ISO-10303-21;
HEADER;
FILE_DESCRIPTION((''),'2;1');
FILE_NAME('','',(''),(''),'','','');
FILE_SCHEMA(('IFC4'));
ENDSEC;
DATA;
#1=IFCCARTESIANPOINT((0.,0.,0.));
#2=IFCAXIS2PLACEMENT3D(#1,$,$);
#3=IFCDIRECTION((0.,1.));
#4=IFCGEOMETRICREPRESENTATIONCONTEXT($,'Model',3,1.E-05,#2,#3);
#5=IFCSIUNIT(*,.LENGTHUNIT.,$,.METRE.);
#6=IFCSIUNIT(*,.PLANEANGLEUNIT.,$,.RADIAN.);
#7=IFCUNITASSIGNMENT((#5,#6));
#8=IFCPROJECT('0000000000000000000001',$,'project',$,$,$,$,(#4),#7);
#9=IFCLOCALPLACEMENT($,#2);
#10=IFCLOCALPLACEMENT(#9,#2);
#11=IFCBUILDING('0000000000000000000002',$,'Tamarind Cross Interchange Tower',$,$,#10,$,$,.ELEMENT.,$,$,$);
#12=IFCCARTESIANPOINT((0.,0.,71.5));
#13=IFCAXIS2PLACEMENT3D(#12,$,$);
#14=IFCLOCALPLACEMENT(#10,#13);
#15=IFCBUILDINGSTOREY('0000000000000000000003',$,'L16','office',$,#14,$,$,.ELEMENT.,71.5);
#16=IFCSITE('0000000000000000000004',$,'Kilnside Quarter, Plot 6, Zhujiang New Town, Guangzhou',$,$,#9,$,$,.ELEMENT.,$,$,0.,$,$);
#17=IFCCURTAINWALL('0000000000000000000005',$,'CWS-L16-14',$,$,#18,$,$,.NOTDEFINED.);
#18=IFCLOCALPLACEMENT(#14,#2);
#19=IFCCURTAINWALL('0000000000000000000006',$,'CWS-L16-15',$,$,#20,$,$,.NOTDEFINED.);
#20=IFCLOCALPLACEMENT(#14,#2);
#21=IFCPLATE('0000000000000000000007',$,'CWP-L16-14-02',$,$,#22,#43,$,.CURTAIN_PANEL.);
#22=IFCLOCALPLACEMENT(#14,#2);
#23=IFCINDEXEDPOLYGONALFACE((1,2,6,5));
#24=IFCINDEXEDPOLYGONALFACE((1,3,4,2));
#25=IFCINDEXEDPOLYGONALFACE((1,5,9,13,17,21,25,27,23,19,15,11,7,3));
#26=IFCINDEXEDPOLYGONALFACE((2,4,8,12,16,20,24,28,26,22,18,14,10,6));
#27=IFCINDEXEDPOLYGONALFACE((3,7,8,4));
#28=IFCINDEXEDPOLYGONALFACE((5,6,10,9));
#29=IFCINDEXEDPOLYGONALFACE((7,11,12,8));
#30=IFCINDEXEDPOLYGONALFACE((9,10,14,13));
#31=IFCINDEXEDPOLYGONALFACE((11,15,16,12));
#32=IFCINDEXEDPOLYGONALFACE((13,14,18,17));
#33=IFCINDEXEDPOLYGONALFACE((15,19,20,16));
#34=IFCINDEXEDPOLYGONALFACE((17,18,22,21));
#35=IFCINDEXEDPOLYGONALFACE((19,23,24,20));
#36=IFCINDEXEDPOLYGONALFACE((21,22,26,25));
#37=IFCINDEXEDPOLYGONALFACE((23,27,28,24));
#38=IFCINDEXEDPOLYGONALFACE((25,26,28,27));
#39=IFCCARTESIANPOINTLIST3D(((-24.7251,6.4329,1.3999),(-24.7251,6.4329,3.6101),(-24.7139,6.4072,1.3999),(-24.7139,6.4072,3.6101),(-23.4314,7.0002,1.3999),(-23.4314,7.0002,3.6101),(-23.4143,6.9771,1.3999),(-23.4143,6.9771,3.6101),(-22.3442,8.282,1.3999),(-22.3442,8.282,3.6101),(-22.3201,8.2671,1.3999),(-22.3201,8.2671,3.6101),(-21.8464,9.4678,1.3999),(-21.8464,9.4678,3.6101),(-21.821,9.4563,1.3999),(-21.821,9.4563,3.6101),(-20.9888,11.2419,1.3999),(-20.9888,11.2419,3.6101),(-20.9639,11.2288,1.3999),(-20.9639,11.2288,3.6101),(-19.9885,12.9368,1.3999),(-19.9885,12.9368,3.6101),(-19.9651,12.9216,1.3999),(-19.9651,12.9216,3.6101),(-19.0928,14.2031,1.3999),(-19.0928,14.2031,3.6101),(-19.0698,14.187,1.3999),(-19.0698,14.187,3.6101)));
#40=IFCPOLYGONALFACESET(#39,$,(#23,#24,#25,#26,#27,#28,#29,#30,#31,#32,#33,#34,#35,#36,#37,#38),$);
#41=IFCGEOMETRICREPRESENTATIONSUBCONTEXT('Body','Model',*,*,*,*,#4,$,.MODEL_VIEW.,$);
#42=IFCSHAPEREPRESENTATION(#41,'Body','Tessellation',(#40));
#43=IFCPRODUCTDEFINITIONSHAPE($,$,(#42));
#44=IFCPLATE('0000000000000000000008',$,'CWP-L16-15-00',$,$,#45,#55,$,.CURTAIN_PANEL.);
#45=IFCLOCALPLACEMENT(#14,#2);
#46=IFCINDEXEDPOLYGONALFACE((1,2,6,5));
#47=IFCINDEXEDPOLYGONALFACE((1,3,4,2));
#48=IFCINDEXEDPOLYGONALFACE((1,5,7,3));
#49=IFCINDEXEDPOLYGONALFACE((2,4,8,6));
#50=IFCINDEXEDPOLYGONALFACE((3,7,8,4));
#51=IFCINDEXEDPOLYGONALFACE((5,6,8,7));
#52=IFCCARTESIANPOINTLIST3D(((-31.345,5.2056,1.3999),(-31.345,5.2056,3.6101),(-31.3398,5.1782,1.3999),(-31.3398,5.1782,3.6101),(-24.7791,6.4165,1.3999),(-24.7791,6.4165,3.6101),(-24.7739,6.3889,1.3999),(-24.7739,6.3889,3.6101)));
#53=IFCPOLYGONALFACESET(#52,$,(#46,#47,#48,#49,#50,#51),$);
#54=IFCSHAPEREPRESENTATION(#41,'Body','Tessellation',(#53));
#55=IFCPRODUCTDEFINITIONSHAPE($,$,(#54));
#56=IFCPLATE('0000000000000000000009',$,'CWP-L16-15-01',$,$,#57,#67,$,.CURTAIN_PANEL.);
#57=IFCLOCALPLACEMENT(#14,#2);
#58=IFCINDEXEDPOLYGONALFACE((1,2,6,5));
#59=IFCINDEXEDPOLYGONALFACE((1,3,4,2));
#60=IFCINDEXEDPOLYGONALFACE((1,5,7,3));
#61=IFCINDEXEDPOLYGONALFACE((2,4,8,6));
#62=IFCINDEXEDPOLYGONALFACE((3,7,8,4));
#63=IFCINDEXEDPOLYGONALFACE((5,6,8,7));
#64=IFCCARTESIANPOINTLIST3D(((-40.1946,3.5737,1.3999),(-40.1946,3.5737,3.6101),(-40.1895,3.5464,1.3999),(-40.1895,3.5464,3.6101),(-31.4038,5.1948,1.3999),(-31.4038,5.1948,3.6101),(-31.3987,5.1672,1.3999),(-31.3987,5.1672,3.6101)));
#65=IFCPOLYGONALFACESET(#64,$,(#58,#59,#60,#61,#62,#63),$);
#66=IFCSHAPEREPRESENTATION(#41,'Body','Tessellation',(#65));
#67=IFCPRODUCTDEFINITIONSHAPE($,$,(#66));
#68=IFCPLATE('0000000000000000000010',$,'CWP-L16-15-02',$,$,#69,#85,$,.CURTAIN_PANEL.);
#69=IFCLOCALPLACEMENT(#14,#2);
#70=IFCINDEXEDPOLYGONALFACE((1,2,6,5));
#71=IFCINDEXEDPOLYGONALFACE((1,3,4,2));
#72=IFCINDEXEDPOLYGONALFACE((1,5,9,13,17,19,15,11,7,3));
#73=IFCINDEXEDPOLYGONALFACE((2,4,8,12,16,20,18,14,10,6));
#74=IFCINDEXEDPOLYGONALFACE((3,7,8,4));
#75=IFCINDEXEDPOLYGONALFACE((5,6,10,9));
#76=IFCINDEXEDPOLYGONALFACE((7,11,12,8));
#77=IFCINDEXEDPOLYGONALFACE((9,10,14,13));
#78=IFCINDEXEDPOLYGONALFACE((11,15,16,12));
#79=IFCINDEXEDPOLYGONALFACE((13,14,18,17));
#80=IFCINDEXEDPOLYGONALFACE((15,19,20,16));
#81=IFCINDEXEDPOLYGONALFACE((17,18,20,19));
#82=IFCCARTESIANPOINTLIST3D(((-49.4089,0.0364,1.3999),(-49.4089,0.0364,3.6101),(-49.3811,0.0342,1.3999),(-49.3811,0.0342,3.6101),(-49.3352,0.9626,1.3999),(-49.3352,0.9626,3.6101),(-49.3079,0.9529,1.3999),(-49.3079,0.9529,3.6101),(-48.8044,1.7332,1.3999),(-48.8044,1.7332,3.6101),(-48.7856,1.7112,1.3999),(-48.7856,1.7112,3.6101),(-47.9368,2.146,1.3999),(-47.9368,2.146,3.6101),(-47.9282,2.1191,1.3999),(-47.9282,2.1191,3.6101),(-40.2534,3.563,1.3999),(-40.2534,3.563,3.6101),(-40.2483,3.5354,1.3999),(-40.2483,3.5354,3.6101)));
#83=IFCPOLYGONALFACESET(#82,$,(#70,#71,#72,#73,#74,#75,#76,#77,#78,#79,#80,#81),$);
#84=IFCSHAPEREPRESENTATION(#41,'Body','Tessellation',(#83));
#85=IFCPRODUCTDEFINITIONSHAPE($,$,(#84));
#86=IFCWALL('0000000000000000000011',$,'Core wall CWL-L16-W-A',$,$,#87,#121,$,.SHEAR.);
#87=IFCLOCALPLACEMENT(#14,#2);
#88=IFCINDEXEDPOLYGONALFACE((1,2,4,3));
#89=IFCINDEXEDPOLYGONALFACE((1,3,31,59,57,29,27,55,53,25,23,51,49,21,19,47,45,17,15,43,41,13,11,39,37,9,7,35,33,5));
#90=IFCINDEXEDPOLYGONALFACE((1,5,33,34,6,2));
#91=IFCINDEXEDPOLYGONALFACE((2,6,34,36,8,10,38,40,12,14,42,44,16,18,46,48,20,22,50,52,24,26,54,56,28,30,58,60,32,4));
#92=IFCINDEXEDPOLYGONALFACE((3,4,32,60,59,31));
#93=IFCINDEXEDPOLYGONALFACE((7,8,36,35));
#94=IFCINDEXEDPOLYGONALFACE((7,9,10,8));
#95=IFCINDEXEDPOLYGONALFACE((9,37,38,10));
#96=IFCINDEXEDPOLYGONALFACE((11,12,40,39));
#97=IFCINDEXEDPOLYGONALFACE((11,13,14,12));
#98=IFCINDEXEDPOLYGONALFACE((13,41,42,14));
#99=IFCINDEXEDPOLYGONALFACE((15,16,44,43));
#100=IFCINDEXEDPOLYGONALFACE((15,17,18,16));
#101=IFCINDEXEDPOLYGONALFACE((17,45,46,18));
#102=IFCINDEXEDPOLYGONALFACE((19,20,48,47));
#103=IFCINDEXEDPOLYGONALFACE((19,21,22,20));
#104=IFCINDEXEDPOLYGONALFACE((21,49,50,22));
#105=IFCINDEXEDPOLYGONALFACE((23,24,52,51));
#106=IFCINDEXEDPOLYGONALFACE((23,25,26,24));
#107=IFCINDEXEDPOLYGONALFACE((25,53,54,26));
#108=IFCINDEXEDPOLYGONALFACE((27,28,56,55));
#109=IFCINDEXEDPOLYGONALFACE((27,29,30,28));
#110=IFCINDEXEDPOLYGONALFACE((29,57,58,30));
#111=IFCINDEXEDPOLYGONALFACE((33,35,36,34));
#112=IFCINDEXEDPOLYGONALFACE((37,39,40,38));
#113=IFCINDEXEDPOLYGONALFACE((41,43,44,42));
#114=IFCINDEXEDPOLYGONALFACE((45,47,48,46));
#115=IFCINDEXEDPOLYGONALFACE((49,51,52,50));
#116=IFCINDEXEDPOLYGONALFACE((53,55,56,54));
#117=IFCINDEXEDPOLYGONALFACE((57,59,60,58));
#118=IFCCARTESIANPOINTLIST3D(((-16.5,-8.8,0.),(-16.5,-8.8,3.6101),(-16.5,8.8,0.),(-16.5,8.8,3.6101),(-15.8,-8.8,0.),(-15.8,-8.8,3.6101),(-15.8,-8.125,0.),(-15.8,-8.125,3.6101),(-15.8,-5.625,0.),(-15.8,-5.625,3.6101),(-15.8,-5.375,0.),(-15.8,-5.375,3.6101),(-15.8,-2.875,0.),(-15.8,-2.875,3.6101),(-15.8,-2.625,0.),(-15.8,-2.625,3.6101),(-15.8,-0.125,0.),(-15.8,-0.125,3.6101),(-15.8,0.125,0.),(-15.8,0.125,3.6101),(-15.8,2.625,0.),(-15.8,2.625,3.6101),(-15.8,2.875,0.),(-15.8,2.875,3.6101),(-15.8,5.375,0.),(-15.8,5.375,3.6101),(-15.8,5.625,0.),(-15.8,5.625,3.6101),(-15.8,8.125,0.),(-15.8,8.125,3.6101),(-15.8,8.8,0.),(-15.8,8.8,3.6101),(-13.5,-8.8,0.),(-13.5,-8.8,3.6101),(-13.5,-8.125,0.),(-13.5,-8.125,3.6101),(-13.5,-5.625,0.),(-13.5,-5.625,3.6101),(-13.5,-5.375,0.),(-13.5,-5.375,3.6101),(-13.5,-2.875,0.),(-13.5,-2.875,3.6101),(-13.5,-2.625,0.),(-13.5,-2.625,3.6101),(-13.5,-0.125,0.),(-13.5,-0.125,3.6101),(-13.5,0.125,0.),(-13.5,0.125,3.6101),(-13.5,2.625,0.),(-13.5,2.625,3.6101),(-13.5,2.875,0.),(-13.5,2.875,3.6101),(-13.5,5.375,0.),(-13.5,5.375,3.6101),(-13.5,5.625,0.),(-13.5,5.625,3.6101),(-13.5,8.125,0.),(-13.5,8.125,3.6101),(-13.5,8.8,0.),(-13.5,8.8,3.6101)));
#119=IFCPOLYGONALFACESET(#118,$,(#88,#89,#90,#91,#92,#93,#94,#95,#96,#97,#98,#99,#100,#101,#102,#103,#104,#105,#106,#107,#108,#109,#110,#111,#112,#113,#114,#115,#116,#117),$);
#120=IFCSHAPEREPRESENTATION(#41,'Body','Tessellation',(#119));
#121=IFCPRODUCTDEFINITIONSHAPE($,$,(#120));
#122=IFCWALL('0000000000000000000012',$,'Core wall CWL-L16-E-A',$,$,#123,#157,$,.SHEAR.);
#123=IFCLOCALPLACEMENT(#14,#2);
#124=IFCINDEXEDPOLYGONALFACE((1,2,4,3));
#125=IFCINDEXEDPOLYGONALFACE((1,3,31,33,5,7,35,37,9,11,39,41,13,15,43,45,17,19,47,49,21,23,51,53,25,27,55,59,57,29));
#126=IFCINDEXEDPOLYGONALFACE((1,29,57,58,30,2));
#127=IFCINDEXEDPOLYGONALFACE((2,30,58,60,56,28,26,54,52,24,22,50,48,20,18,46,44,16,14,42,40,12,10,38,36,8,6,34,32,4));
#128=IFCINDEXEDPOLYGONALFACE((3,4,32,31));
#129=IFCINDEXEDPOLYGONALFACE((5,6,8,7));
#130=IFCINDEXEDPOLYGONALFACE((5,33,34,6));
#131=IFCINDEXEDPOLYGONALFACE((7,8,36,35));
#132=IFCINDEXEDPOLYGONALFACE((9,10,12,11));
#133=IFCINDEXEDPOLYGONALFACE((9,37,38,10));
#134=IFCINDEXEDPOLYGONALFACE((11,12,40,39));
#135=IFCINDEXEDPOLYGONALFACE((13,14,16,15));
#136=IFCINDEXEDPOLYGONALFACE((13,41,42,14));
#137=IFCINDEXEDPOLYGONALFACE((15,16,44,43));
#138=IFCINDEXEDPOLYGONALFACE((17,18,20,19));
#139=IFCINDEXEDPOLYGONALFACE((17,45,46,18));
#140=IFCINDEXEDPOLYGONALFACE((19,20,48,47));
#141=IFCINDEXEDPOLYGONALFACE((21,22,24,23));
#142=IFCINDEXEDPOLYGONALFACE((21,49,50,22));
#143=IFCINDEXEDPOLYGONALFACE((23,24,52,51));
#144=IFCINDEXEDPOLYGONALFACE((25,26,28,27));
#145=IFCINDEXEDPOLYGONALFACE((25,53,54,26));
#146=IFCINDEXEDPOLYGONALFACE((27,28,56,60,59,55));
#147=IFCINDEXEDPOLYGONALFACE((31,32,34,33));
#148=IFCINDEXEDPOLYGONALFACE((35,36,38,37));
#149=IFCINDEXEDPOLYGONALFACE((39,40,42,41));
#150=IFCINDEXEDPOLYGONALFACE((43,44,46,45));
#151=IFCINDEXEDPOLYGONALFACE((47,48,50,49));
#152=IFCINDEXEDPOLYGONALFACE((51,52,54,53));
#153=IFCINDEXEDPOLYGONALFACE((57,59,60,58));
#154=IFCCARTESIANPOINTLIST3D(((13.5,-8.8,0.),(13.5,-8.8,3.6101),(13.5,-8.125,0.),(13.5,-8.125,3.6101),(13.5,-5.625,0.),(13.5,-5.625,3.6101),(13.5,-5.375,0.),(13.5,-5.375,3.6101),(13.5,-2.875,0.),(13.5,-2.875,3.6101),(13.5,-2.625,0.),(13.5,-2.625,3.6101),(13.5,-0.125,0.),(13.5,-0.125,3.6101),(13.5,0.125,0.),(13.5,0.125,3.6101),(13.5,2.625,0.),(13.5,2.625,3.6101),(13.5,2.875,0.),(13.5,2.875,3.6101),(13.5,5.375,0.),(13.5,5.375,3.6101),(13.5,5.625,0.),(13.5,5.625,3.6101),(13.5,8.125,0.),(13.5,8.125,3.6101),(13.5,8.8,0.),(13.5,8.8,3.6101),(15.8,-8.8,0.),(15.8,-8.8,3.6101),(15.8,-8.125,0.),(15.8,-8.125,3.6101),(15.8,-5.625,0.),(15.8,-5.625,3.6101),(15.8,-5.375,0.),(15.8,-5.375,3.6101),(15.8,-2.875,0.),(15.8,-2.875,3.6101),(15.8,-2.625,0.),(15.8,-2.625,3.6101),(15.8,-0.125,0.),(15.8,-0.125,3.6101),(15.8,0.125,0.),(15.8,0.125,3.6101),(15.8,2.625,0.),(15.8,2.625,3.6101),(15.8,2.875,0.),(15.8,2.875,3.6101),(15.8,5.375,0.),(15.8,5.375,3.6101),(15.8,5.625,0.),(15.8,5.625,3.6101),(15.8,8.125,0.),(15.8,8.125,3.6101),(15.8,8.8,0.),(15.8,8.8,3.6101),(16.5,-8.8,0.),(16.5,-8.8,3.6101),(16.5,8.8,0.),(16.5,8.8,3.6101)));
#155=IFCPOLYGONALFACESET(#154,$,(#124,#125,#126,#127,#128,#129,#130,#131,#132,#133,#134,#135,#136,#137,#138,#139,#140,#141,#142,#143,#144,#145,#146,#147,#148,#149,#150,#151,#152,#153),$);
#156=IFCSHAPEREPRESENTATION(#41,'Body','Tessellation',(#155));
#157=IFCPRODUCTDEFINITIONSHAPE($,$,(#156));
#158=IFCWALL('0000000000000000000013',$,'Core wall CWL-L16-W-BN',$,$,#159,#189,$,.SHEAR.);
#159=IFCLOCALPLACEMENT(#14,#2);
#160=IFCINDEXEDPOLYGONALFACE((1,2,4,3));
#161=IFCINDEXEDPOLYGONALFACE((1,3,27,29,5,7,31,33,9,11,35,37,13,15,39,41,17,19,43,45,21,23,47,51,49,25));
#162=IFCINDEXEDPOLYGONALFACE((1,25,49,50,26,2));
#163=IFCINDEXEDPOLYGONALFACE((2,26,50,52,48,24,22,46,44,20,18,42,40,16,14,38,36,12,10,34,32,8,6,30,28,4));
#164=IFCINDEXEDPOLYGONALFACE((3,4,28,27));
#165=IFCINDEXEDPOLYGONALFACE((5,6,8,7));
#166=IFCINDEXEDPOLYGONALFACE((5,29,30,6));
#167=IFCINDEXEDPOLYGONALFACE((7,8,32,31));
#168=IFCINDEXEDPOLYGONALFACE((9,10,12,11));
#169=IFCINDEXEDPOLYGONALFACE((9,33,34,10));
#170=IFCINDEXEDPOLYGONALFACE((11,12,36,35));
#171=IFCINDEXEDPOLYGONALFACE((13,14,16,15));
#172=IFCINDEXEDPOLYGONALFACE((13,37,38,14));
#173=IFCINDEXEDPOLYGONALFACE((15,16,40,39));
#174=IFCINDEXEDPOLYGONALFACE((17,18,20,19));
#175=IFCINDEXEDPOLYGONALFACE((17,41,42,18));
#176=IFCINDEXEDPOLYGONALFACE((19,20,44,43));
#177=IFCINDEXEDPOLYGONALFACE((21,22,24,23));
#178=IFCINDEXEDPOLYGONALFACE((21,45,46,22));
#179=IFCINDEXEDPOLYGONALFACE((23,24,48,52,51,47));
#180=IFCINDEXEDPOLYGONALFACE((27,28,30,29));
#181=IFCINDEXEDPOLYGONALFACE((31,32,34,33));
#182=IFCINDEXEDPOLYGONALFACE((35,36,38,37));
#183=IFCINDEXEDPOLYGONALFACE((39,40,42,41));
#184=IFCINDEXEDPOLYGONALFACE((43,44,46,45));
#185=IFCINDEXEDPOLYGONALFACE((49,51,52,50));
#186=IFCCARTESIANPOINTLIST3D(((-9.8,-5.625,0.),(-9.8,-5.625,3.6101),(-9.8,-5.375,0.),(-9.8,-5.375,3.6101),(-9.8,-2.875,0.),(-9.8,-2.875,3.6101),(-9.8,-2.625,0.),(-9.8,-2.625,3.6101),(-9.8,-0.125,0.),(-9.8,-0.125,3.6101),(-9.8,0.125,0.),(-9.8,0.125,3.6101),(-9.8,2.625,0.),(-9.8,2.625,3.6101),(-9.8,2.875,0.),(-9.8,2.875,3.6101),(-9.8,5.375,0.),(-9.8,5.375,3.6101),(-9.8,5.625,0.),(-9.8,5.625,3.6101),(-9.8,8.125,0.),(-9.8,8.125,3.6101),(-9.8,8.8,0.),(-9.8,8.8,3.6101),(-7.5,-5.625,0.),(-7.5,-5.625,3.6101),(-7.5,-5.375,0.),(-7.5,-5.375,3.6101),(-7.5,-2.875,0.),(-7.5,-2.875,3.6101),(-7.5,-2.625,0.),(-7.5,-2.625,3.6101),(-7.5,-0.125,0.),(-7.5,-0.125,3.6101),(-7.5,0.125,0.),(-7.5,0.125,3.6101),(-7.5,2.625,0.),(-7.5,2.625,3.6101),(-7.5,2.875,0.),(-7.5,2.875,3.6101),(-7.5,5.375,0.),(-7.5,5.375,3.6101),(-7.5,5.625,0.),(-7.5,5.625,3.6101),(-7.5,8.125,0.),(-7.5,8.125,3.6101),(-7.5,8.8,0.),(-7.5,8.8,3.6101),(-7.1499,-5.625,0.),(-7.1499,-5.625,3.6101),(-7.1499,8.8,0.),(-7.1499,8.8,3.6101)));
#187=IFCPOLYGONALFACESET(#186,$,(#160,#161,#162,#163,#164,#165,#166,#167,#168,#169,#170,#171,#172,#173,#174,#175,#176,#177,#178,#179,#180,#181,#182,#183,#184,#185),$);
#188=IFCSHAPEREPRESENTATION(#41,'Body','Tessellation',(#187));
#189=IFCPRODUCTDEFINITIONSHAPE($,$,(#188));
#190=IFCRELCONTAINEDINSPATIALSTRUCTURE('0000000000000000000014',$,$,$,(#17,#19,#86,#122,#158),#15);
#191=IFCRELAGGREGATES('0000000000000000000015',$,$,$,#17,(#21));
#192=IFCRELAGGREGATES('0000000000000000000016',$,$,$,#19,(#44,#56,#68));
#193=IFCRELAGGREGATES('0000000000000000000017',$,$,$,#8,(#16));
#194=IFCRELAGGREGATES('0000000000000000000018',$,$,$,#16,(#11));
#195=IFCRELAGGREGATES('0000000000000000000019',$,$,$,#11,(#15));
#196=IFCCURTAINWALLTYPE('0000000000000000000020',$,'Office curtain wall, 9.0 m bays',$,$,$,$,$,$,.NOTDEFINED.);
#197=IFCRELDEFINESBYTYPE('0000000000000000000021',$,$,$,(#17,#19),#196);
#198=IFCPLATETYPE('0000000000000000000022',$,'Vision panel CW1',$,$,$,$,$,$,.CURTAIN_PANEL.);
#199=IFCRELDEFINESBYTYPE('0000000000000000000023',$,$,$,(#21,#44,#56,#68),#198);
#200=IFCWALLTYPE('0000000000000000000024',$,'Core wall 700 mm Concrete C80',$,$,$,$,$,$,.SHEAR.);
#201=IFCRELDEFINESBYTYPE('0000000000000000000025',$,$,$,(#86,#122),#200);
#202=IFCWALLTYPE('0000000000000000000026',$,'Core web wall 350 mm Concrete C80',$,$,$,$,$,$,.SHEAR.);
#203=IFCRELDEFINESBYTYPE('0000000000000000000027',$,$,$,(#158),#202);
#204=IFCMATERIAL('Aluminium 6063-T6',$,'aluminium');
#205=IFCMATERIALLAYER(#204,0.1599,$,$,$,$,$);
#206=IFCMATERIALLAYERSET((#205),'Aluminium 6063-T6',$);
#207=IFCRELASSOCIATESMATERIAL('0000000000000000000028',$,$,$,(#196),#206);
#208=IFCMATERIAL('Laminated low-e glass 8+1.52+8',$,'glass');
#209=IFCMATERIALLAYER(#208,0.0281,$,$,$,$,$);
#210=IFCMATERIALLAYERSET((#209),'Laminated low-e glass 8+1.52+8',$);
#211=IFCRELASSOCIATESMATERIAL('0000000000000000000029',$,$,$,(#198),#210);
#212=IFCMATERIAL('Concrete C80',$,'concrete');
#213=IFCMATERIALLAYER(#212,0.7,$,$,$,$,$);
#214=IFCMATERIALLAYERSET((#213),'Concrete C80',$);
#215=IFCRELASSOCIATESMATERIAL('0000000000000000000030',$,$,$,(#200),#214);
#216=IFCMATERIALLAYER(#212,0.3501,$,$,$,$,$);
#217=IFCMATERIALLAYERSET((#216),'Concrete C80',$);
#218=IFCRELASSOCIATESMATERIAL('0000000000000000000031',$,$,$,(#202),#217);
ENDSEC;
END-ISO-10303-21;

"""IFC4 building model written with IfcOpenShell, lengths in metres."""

from ifc_helpers import new_model, si_unit, direction, frame, origin, place, context, subcontext, project, spatial, polyline, outline, extrude, material, layer, layer_set, type_object, element, aggregate, save


model = new_model("IFC4")

# Units and contexts
model_context = context("Model", 3, precision=1e-05, world=origin(), true_north=direction((0.0, 1.0)))
body_context = subcontext(model_context, "Body", "Model", "MODEL_VIEW")
ifc_project = project(units=[si_unit("LENGTHUNIT", "METRE"), si_unit("PLANEANGLEUNIT", "RADIAN")], contexts=[model_context])

# Site, building, storey
site_placement = place(None, origin())
site = spatial("IfcSite", under=ifc_project, at=site_placement, Name="Kilnside Quarter, Plot 6, Zhujiang New Town, Guangzhou", CompositionType="ELEMENT", RefElevation=0.0)
building_placement = place(site_placement, origin())
building = spatial("IfcBuilding", under=site, at=building_placement, Name="Tamarind Cross Interchange Tower", CompositionType="ELEMENT")
storey_placement = place(building_placement, frame((0.0, 0.0, 71.5)))
storey = spatial("IfcBuildingStorey", under=building, at=storey_placement, Name="L16", Description="office", CompositionType="ELEMENT", Elevation=71.5)

# Curtain walls
ifc_material_1 = material(Name="Aluminium 6063-T6", Category="aluminium")
ifc_layer_1 = layer(ifc_material_1, 0.1599)
ifc_layer_set_1 = layer_set([ifc_layer_1], Name="Aluminium 6063-T6")
curtain_wall_type = type_object("IfcCurtainWallType", Name="Office curtain wall, 9.0 m bays", PredefinedType="NOTDEFINED", material=ifc_layer_set_1)
curtain_wall_1_placement = place(storey_placement, origin())
curtain_wall_1 = element("IfcCurtainWall", 1, at=curtain_wall_1_placement, inside=storey, type_object=curtain_wall_type, Name="CWS-L16-14", PredefinedType="NOTDEFINED")
curtain_wall_2_placement = place(storey_placement, origin())
curtain_wall_2 = element("IfcCurtainWall", 2, at=curtain_wall_2_placement, inside=storey, type_object=curtain_wall_type, Name="CWS-L16-15", PredefinedType="NOTDEFINED")

# Plates
ifc_material_2 = material(Name="Laminated low-e glass 8+1.52+8", Category="glass")
ifc_layer_2 = layer(ifc_material_2, 0.0281)
ifc_layer_set_2 = layer_set([ifc_layer_2], Name="Laminated low-e glass 8+1.52+8")
plate_type = type_object("IfcPlateType", Name="Vision panel CW1", PredefinedType="CURTAIN_PANEL", material=ifc_layer_set_2)
plate_1_placement = place(storey_placement, frame((0.0, 0.0, 1.3999)))
plate_1 = element("IfcPlate", 3, at=plate_1_placement, type_object=plate_type, Name="CWP-L16-14-02", PredefinedType="CURTAIN_PANEL", context=body_context, shape_type="SweptSolid", body=[
    extrude(outline(polyline([(-19.0698, 14.187), (-19.9651, 12.9216), (-20.9639, 11.2288), (-21.821, 9.4563), (-22.3201, 8.2671), (-23.4143, 6.9771), (-24.7139, 6.4072), (-24.7251, 6.4329), (-23.4314, 7.0002), (-22.3442, 8.282), (-21.8464, 9.4678), (-20.9888, 11.2419), (-19.9885, 12.9368), (-19.0928, 14.2031), (-19.0698, 14.187)])), origin(), (0.0, 0.0, 1.0), 2.2102),
])
aggregate(curtain_wall_1, [plate_1])
plate_2_placement = place(storey_placement, frame((0.0, 0.0, 1.3999)))
plate_2 = element("IfcPlate", 4, at=plate_2_placement, type_object=plate_type, Name="CWP-L16-15-00", PredefinedType="CURTAIN_PANEL", context=body_context, shape_type="SweptSolid", body=[
    extrude(outline(polyline([(-24.7739, 6.3889), (-31.3398, 5.1782), (-31.345, 5.2056), (-24.7791, 6.4165), (-24.7739, 6.3889)])), origin(), (0.0, 0.0, 1.0), 2.2102),
])
plate_3_placement = place(storey_placement, frame((0.0, 0.0, 1.3999)))
plate_3 = element("IfcPlate", 5, at=plate_3_placement, type_object=plate_type, Name="CWP-L16-15-01", PredefinedType="CURTAIN_PANEL", context=body_context, shape_type="SweptSolid", body=[
    extrude(outline(polyline([(-31.3987, 5.1672), (-40.1895, 3.5464), (-40.1946, 3.5737), (-31.4038, 5.1948), (-31.3987, 5.1672)])), origin(), (0.0, 0.0, 1.0), 2.2102),
])
plate_4_placement = place(storey_placement, frame((0.0, 0.0, 1.3999)))
plate_4 = element("IfcPlate", 6, at=plate_4_placement, type_object=plate_type, Name="CWP-L16-15-02", PredefinedType="CURTAIN_PANEL", context=body_context, shape_type="SweptSolid", body=[
    extrude(outline(polyline([(-40.2483, 3.5354), (-47.9282, 2.1191), (-48.7856, 1.7112), (-49.3079, 0.9529), (-49.3811, 0.0342), (-49.4089, 0.0364), (-49.3352, 0.9626), (-48.8044, 1.7332), (-47.9368, 2.146), (-40.2534, 3.563), (-40.2483, 3.5354)])), origin(), (0.0, 0.0, 1.0), 2.2102),
])
aggregate(curtain_wall_2, [plate_2, plate_3, plate_4])

# Walls
ifc_material_3 = material(Name="Concrete C80", Category="concrete")
ifc_layer_3 = layer(ifc_material_3, 0.7)
ifc_layer_set_3 = layer_set([ifc_layer_3], Name="Concrete C80")
wall_type_1 = type_object("IfcWallType", Name="Core wall 700 mm Concrete C80", PredefinedType="SHEAR", material=ifc_layer_set_3)
wall_1_placement = place(storey_placement, origin())
element("IfcWall", 7, at=wall_1_placement, inside=storey, type_object=wall_type_1, Name="Core wall CWL-L16-W-A", PredefinedType="SHEAR", context=body_context, shape_type="SweptSolid", body=[
    extrude(outline(polyline([(-13.5, -8.8), (-13.5, -8.125), (-15.8, -8.125), (-15.8, -5.625), (-13.5, -5.625), (-13.5, -5.375), (-15.8, -5.375), (-15.8, -2.875), (-13.5, -2.875), (-13.5, -2.625), (-15.8, -2.625), (-15.8, -0.125), (-13.5, -0.125), (-13.5, 0.125), (-15.8, 0.125), (-15.8, 2.625), (-13.5, 2.625), (-13.5, 2.875), (-15.8, 2.875), (-15.8, 5.375), (-13.5, 5.375), (-13.5, 5.625), (-15.8, 5.625), (-15.8, 8.125), (-13.5, 8.125), (-13.5, 8.8), (-15.8, 8.8), (-16.5, 8.8), (-16.5, -8.8), (-15.8, -8.8), (-13.5, -8.8)])), origin(), (0.0, 0.0, 1.0), 3.6101),
])
wall_2_placement = place(storey_placement, origin())
element("IfcWall", 8, at=wall_2_placement, inside=storey, type_object=wall_type_1, Name="Core wall CWL-L16-E-A", PredefinedType="SHEAR", context=body_context, shape_type="SweptSolid", body=[
    extrude(outline(polyline([(13.5, -8.8), (15.8, -8.8), (16.5, -8.8), (16.5, 8.8), (15.8, 8.8), (13.5, 8.8), (13.5, 8.125), (15.8, 8.125), (15.8, 5.625), (13.5, 5.625), (13.5, 5.375), (15.8, 5.375), (15.8, 2.875), (13.5, 2.875), (13.5, 2.625), (15.8, 2.625), (15.8, 0.125), (13.5, 0.125), (13.5, -0.125), (15.8, -0.125), (15.8, -2.625), (13.5, -2.625), (13.5, -2.875), (15.8, -2.875), (15.8, -5.375), (13.5, -5.375), (13.5, -5.625), (15.8, -5.625), (15.8, -8.125), (13.5, -8.125), (13.5, -8.8)])), origin(), (0.0, 0.0, 1.0), 3.6101),
])
ifc_layer_4 = layer(ifc_material_3, 0.3501)
ifc_layer_set_4 = layer_set([ifc_layer_4], Name="Concrete C80")
wall_type_2 = type_object("IfcWallType", Name="Core web wall 350 mm Concrete C80", PredefinedType="SHEAR", material=ifc_layer_set_4)
wall_3_placement = place(storey_placement, origin())
element("IfcWall", 9, at=wall_3_placement, inside=storey, type_object=wall_type_2, Name="Core wall CWL-L16-W-BN", PredefinedType="SHEAR", context=body_context, shape_type="SweptSolid", body=[
    extrude(outline(polyline([(-9.8, -5.375), (-9.8, -5.625), (-7.5, -5.625), (-7.1499, -5.625), (-7.1499, 8.8), (-7.5, 8.8), (-9.8, 8.8), (-9.8, 8.125), (-7.5, 8.125), (-7.5, 5.625), (-9.8, 5.625), (-9.8, 5.375), (-7.5, 5.375), (-7.5, 2.875), (-9.8, 2.875), (-9.8, 2.625), (-7.5, 2.625), (-7.5, 0.125), (-9.8, 0.125), (-9.8, -0.125), (-7.5, -0.125), (-7.5, -2.625), (-9.8, -2.625), (-9.8, -2.875), (-7.5, -2.875), (-7.5, -5.375), (-9.8, -5.375)])), origin(), (0.0, 0.0, 1.0), 3.6101),
])

save(model, "model.ifc")
